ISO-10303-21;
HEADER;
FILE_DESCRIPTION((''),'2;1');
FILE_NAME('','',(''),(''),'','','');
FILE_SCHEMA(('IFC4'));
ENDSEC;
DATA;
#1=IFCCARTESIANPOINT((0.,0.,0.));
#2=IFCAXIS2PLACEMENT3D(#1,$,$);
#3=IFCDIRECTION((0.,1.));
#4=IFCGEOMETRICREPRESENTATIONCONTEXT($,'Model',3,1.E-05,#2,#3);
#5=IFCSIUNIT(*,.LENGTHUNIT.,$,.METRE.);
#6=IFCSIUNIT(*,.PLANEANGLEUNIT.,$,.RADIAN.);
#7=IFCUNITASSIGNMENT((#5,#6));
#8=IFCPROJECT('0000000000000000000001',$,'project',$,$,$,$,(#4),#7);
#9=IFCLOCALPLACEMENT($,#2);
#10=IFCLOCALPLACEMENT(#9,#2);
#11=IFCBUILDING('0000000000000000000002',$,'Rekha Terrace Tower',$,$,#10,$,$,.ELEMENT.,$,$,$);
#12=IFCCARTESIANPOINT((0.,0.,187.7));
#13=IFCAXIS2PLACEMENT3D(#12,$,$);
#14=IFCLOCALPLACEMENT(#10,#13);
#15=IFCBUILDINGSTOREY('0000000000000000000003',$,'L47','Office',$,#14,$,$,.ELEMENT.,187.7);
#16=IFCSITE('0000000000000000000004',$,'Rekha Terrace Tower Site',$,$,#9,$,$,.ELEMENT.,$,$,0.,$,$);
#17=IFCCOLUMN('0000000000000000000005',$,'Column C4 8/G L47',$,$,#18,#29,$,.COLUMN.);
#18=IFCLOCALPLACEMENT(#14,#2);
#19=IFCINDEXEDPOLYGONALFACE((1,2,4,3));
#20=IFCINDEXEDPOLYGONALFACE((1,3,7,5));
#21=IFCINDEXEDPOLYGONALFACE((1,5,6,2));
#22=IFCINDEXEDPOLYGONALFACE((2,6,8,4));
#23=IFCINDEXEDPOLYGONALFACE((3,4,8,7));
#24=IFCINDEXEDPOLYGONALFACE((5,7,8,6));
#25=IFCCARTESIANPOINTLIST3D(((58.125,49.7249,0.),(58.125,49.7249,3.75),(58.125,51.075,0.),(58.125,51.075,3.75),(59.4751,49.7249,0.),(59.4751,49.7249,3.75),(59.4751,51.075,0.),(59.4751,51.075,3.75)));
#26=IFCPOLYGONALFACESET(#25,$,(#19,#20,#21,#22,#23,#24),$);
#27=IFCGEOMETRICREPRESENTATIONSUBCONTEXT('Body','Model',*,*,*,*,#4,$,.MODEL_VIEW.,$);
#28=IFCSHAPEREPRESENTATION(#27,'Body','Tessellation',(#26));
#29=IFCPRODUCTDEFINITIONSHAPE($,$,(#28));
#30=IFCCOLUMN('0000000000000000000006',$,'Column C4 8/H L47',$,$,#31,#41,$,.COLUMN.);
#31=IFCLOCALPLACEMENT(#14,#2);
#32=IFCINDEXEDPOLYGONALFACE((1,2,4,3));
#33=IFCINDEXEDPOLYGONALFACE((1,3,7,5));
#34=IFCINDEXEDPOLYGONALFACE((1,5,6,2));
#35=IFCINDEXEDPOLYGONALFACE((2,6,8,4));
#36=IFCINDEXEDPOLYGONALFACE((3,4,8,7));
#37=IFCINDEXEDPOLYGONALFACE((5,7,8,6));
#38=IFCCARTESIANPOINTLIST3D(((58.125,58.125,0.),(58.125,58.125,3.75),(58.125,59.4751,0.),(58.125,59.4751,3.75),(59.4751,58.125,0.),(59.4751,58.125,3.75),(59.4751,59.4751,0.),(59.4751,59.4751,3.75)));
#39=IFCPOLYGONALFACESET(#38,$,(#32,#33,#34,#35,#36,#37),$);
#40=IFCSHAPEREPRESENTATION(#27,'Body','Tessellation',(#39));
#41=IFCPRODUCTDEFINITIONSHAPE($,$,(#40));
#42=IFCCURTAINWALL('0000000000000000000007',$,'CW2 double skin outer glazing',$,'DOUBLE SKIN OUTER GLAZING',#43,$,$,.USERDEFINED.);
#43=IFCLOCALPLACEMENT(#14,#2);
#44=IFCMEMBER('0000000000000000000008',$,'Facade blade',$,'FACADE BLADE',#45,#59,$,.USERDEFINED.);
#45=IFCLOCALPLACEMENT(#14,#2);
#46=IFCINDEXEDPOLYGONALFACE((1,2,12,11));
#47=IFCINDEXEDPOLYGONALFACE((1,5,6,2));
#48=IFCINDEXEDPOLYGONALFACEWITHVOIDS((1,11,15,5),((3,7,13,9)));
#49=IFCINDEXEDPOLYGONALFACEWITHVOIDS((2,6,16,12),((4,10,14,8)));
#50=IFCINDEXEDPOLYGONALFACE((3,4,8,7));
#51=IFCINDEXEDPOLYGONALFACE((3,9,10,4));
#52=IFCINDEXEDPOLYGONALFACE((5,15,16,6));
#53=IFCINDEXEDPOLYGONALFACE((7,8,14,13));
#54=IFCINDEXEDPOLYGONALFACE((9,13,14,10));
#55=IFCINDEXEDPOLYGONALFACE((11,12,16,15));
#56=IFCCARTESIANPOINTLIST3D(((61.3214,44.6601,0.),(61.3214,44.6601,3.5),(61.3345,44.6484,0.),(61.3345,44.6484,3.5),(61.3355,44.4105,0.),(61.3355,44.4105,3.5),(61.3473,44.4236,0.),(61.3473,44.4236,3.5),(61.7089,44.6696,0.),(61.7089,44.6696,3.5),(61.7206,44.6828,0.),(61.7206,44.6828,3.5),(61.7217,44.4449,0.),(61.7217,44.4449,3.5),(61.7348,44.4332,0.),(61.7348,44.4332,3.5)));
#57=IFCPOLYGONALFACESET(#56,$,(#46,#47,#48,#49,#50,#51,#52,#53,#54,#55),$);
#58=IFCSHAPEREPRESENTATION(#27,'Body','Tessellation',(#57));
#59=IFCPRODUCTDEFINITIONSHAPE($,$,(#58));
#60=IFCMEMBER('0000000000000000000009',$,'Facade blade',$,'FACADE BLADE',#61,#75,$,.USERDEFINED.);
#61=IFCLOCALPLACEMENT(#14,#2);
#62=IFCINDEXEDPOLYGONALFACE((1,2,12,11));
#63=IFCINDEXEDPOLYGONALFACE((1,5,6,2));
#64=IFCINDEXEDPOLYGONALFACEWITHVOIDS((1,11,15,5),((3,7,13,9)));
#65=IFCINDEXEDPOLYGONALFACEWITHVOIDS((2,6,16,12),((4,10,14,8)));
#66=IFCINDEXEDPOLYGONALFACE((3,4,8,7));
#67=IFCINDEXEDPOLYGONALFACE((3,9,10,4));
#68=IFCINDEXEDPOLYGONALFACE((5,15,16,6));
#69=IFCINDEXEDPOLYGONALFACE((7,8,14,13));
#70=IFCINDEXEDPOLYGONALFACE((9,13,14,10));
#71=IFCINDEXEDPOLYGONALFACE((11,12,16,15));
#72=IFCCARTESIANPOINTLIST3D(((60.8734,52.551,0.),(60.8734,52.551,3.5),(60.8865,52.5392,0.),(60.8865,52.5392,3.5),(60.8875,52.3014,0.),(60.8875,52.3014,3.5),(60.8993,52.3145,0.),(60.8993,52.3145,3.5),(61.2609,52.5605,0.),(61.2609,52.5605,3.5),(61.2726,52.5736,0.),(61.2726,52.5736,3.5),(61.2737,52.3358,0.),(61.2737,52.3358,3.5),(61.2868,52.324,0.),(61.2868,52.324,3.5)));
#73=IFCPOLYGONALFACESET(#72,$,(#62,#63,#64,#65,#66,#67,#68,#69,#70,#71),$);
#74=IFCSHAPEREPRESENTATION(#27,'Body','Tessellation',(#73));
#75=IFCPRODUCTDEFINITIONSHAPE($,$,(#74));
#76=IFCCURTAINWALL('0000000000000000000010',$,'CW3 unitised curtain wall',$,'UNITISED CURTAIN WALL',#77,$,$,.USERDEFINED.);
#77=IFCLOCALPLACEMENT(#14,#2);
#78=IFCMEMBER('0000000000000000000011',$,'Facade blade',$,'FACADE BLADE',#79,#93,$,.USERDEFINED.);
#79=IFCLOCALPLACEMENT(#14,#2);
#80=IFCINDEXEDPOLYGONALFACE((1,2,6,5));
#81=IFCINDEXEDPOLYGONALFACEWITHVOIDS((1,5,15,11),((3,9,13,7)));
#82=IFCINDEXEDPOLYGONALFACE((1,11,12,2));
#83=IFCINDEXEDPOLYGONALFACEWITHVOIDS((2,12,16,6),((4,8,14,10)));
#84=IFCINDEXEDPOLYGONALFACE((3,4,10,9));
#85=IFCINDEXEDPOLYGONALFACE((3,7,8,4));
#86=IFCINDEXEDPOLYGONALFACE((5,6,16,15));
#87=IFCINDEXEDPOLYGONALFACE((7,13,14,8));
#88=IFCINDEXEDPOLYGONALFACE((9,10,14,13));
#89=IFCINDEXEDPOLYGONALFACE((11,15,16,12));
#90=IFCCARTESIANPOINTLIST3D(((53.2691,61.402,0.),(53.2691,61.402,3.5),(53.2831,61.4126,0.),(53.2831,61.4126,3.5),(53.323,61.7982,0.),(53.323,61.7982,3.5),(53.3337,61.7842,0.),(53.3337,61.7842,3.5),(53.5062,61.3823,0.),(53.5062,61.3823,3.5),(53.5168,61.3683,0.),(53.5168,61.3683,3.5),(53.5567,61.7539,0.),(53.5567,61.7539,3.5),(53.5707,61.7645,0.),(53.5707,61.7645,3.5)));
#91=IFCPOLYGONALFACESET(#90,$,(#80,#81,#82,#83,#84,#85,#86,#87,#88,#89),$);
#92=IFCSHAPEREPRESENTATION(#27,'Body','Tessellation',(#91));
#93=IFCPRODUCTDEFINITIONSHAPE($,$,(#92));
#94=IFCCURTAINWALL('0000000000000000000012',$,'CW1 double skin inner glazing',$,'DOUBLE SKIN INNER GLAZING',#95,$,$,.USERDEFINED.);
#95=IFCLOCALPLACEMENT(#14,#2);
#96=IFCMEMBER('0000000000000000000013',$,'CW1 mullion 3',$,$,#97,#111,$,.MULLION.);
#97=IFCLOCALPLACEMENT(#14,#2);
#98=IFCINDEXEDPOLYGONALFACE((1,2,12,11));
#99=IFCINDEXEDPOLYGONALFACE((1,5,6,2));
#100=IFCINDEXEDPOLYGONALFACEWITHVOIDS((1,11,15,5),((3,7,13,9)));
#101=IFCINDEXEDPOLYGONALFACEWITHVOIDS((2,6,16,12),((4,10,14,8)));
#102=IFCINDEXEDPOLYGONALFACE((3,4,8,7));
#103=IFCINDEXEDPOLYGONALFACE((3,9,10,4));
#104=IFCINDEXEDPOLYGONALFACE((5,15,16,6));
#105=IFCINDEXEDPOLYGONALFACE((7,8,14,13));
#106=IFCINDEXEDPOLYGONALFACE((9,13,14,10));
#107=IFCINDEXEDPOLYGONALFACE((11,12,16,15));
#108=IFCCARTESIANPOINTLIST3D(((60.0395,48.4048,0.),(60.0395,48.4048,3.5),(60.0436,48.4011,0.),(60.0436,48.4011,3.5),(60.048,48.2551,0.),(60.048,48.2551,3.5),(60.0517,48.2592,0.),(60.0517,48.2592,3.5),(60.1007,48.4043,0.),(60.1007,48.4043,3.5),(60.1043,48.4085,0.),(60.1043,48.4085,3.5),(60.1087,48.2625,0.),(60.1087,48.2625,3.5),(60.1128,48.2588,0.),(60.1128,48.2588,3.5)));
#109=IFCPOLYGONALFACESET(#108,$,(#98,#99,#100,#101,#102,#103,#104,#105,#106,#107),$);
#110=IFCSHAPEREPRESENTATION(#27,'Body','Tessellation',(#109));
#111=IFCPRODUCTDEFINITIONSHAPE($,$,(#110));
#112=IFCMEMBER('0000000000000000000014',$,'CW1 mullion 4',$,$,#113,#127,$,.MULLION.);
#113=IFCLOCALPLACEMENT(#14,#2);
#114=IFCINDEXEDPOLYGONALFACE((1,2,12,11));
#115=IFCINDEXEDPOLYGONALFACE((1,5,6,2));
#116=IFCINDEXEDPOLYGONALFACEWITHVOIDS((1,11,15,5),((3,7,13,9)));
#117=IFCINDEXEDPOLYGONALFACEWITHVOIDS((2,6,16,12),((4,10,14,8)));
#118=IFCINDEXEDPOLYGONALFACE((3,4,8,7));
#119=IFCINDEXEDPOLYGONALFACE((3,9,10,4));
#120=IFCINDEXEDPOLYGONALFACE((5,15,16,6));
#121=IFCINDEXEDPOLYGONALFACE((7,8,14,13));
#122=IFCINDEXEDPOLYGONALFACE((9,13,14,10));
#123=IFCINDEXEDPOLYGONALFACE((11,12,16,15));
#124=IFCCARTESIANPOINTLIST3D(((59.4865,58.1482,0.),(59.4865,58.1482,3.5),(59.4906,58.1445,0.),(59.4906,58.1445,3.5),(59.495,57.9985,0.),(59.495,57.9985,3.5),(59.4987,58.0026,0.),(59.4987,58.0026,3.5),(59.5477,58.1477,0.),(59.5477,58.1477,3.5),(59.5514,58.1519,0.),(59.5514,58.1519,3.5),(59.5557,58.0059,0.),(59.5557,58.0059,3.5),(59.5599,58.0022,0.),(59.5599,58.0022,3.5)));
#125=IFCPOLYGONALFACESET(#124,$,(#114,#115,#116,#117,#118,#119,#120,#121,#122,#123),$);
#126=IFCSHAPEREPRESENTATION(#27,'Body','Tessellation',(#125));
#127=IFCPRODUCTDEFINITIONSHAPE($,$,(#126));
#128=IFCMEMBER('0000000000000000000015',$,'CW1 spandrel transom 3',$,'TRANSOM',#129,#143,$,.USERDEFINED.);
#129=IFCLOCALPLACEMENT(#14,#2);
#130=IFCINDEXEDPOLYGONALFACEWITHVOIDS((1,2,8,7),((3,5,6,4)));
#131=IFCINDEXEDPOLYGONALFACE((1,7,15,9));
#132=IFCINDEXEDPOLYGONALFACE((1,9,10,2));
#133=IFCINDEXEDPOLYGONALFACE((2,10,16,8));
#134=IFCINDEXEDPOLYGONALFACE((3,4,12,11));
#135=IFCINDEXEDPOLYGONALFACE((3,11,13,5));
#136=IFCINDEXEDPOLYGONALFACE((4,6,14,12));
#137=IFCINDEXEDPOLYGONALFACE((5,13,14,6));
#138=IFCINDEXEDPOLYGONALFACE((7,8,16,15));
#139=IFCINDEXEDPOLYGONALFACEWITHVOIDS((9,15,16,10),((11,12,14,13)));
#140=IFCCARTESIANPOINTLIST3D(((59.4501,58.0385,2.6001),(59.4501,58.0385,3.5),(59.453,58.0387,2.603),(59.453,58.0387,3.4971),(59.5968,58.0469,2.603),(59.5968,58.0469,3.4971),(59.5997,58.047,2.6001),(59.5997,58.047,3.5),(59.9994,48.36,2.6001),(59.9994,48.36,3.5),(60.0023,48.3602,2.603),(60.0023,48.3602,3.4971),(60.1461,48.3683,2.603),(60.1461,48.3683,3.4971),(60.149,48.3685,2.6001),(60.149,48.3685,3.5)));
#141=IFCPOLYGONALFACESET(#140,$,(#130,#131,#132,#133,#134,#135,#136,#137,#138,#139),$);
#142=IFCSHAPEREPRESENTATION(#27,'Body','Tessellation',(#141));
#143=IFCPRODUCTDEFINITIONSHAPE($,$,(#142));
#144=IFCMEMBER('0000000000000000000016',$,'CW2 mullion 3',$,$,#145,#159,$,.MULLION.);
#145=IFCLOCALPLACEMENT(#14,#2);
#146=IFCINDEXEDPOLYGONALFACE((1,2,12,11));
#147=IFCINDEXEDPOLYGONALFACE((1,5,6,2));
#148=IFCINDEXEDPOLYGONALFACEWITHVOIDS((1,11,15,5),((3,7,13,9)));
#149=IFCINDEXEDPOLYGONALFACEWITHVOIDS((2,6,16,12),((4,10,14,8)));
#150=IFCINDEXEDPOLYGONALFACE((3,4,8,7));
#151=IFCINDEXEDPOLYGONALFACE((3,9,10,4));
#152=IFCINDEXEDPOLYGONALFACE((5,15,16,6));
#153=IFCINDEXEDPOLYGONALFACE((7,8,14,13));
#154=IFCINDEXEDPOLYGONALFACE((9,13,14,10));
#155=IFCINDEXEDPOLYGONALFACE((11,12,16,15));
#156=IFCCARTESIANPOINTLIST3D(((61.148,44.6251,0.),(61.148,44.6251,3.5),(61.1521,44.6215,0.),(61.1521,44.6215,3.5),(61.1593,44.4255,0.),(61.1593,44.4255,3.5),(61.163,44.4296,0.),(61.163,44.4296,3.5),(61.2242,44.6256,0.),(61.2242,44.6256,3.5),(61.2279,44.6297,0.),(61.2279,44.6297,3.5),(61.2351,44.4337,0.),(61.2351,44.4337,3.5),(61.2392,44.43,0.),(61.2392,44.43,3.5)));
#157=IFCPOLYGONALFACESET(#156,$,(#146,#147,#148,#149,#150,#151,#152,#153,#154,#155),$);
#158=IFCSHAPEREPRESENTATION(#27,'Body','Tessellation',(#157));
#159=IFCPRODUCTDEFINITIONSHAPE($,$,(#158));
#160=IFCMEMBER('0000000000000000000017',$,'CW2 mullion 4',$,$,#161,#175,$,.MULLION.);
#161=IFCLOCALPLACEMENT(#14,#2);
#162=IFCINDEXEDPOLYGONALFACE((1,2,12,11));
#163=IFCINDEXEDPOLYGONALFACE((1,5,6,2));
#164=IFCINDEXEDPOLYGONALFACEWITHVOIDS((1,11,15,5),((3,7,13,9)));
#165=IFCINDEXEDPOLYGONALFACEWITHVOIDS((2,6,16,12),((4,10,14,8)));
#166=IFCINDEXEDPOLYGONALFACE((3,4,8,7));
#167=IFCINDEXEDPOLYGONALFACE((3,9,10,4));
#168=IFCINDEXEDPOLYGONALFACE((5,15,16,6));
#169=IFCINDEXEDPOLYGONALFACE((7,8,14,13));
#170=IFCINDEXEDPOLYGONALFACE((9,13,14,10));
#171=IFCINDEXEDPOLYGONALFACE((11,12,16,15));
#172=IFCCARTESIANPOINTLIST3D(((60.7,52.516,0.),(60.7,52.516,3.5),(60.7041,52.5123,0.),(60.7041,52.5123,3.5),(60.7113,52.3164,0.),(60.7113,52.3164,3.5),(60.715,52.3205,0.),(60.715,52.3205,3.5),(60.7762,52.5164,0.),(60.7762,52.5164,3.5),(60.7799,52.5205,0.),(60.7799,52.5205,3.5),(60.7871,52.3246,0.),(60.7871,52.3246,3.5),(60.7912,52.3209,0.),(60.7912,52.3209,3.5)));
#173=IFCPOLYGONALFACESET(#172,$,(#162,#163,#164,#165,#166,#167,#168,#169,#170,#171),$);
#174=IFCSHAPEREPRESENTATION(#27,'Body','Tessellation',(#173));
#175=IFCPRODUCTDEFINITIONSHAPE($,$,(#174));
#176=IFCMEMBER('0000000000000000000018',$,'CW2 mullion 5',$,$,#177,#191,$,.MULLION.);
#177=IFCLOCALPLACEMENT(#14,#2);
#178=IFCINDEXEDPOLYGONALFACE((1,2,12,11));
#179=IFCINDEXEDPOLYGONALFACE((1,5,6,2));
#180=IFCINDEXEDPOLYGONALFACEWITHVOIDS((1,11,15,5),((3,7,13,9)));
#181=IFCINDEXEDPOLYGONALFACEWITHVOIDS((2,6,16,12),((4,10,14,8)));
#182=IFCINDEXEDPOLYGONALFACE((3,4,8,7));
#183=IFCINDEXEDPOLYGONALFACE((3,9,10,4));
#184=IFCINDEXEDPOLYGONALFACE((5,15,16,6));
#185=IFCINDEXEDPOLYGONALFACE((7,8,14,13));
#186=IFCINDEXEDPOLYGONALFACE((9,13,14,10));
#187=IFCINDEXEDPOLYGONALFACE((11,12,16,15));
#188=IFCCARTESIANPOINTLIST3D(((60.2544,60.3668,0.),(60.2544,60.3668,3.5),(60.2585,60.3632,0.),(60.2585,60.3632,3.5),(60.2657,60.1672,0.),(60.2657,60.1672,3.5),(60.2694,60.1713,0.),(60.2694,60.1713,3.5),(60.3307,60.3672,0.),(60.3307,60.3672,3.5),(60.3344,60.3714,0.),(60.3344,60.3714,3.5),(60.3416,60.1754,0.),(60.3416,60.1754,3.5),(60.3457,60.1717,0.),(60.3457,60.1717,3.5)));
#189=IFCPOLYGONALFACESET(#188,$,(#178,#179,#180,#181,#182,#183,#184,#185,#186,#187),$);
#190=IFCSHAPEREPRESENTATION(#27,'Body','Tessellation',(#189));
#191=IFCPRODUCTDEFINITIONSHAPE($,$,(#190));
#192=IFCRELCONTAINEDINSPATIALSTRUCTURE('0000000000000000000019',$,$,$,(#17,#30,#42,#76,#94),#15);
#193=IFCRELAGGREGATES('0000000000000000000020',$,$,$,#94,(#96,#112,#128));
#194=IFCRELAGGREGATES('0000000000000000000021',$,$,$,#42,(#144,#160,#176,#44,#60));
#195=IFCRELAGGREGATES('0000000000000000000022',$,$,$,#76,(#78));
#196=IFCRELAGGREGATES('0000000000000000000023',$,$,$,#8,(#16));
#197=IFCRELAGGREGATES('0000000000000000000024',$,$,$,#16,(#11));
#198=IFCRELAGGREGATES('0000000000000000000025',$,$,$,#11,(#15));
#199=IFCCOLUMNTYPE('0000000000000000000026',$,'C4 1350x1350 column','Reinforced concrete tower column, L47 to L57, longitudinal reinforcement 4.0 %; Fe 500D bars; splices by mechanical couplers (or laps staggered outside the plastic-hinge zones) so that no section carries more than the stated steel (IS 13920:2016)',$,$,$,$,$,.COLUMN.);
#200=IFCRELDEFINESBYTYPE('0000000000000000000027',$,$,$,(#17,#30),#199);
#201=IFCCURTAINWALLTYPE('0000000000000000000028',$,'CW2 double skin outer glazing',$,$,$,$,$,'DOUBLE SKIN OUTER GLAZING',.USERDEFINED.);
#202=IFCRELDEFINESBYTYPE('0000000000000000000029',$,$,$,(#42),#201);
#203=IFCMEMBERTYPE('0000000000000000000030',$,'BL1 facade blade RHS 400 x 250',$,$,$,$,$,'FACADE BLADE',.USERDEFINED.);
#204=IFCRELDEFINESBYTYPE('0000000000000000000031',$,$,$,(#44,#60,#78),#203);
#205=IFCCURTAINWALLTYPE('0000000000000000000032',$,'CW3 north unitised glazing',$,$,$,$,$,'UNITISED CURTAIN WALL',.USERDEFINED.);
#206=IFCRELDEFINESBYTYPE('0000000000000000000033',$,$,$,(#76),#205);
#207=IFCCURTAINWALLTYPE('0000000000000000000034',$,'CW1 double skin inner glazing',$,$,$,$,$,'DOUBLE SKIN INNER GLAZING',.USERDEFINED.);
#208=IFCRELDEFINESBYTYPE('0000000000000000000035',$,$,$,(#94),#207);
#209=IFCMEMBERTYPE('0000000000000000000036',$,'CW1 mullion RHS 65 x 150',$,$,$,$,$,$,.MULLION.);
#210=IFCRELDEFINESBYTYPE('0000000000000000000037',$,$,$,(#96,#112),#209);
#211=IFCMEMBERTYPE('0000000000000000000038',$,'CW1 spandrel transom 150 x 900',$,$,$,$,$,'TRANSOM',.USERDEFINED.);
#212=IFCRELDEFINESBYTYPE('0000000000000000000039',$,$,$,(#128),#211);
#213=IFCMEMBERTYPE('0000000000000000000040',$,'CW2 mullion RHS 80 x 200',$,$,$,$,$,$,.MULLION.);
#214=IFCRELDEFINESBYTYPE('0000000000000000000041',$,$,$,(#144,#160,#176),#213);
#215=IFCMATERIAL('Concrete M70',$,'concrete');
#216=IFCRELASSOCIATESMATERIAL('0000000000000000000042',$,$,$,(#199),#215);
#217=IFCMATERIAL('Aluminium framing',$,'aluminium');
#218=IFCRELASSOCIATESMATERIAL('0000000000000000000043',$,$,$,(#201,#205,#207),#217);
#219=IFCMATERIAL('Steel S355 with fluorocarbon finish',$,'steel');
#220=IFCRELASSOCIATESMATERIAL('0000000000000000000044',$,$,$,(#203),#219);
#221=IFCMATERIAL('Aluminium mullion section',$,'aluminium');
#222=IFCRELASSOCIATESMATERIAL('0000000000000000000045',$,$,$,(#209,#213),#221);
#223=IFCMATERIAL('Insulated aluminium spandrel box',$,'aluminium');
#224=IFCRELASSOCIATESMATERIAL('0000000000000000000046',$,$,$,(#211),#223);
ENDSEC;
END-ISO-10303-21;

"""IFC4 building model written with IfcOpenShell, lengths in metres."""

from ifc_helpers import new_model, si_unit, direction, frame, origin, origin_2d, place, context, subcontext, project, spatial, rectangle, hollow_rectangle, extrude, material, material_profile, profile_set, type_object, element, aggregate, save


model = new_model("IFC4")

# Units and contexts
model_context = context("Model", 3, precision=1e-05, world=origin(), true_north=direction((0.0, 1.0)))
body_context = subcontext(model_context, "Body", "Model", "MODEL_VIEW")
ifc_project = project(units=[si_unit("LENGTHUNIT", "METRE"), si_unit("PLANEANGLEUNIT", "RADIAN")], contexts=[model_context])

# Site, building, storey
site_placement = place(None, origin())
site = spatial("IfcSite", under=ifc_project, at=site_placement, Name="Rekha Terrace Tower Site", CompositionType="ELEMENT", RefElevation=0.0)
building_placement = place(site_placement, origin())
building = spatial("IfcBuilding", under=site, at=building_placement, Name="Rekha Terrace Tower", CompositionType="ELEMENT")
storey_placement = place(building_placement, frame((0.0, 0.0, 187.7)))
storey = spatial("IfcBuildingStorey", under=building, at=storey_placement, Name="L47", Description="Office", CompositionType="ELEMENT", Elevation=187.7)

# Columns
ifc_material_1 = material(Name="Concrete M70", Category="concrete")
ifc_material_profile_1 = material_profile(ifc_material_1, rectangle(XDim=1.3501, YDim=1.3501, at=origin_2d()), Name="RC 1350x1350")
ifc_profile_set_1 = profile_set([ifc_material_profile_1], Name="Concrete M70")
column_type = type_object("IfcColumnType", Name="C4 1350x1350 column", Description="Reinforced concrete tower column, L47 to L57, longitudinal reinforcement 4.0 %; Fe 500D bars; splices by mechanical couplers (or laps staggered outside the plastic-hinge zones) so that no section carries more than the stated steel (IS 13920:2016)", PredefinedType="COLUMN", material=ifc_profile_set_1)
for number, where, z_axis, x_axis, name in (
    (1, (58.8, 50.3999, 0.0), (0.0, 0.0, 1.0), (1.0, 0.0, 0.0), "Column C4 8/G L47"),
    (2, (58.8, 58.8, 0.0), (0.0, 0.0, 1.0), (1.0, 0.0, 0.0), "Column C4 8/H L47"),
):
    element("IfcColumn", number, at=place(storey_placement, frame(where, z_axis=z_axis, x_axis=x_axis)), inside=storey, type_object=column_type, Name=name, PredefinedType="COLUMN", context=body_context, shape_type="SweptSolid", body=[
        extrude(rectangle(XDim=1.3501, YDim=1.3501, at=origin_2d()), origin(), (0.0, 0.0, 1.0), 3.75),
    ])

# Curtain wall, members
ifc_material_2 = material(Name="Aluminium framing", Category="aluminium")
curtain_wall_type_1 = type_object("IfcCurtainWallType", Name="CW2 double skin outer glazing", ElementType="DOUBLE SKIN OUTER GLAZING", PredefinedType="USERDEFINED", material=ifc_material_2)
curtain_wall_1_placement = place(storey_placement, origin())
curtain_wall_1 = element("IfcCurtainWall", 3, at=curtain_wall_1_placement, inside=storey, type_object=curtain_wall_type_1, Name="CW2 double skin outer glazing", ObjectType="DOUBLE SKIN OUTER GLAZING", PredefinedType="USERDEFINED")
ifc_material_3 = material(Name="Steel S355 with fluorocarbon finish", Category="steel")
ifc_material_profile_2 = material_profile(ifc_material_3, hollow_rectangle(XDim=0.25, YDim=0.3999, WallThickness=0.0125, at=origin_2d()), Name="RHS400x250x12.5")
ifc_profile_set_2 = profile_set([ifc_material_profile_2], Name="Steel S355 with fluorocarbon finish")
member_type_1 = type_object("IfcMemberType", Name="BL1 facade blade RHS 400 x 250", ElementType="FACADE BLADE", PredefinedType="USERDEFINED", material=ifc_profile_set_2)
member_1_placement = place(storey_placement, frame((61.5281, 44.5466, 0.0), z_axis=(0.0, 0.0, 1.0), x_axis=(-0.056674, 0.998393, 0.0)))
member_1 = element("IfcMember", 4, at=member_1_placement, type_object=member_type_1, Name="Facade blade", ObjectType="FACADE BLADE", PredefinedType="USERDEFINED", context=body_context, shape_type="SweptSolid", body=[
    extrude(hollow_rectangle(XDim=0.25, YDim=0.3999, WallThickness=0.0125, at=origin_2d()), origin(), (0.0, 0.0, 1.0), 3.5),
])
member_2_placement = place(storey_placement, frame((61.0801, 52.4375, 0.0), z_axis=(0.0, 0.0, 1.0), x_axis=(-0.056674, 0.998393, 0.0)))
member_2 = element("IfcMember", 5, at=member_2_placement, type_object=member_type_1, Name="Facade blade", ObjectType="FACADE BLADE", PredefinedType="USERDEFINED", context=body_context, shape_type="SweptSolid", body=[
    extrude(hollow_rectangle(XDim=0.25, YDim=0.3999, WallThickness=0.0125, at=origin_2d()), origin(), (0.0, 0.0, 1.0), 3.5),
])

# Curtain wall, member
curtain_wall_type_2 = type_object("IfcCurtainWallType", Name="CW3 north unitised glazing", ElementType="UNITISED CURTAIN WALL", PredefinedType="USERDEFINED", material=ifc_material_2)
curtain_wall_2_placement = place(storey_placement, origin())
curtain_wall_2 = element("IfcCurtainWall", 6, at=curtain_wall_2_placement, inside=storey, type_object=curtain_wall_type_2, Name="CW3 unitised curtain wall", ObjectType="UNITISED CURTAIN WALL", PredefinedType="USERDEFINED")
member_3_placement = place(storey_placement, frame((53.4199, 61.5833, 0.0), z_axis=(0.0, 0.0, 1.0), x_axis=(-0.990867, 0.134841, 0.0)))
member_3 = element("IfcMember", 7, at=member_3_placement, type_object=member_type_1, Name="Facade blade", ObjectType="FACADE BLADE", PredefinedType="USERDEFINED", context=body_context, shape_type="SweptSolid", body=[
    extrude(hollow_rectangle(XDim=0.25, YDim=0.3999, WallThickness=0.0125, at=origin_2d()), origin(), (0.0, 0.0, 1.0), 3.5),
])

# Curtain wall, members
curtain_wall_type_3 = type_object("IfcCurtainWallType", Name="CW1 double skin inner glazing", ElementType="DOUBLE SKIN INNER GLAZING", PredefinedType="USERDEFINED", material=ifc_material_2)
curtain_wall_3_placement = place(storey_placement, origin())
curtain_wall_3 = element("IfcCurtainWall", 8, at=curtain_wall_3_placement, inside=storey, type_object=curtain_wall_type_3, Name="CW1 double skin inner glazing", ObjectType="DOUBLE SKIN INNER GLAZING", PredefinedType="USERDEFINED")
ifc_material_4 = material(Name="Aluminium mullion section", Category="aluminium")
ifc_material_profile_3 = material_profile(ifc_material_4, hollow_rectangle(XDim=0.0649, YDim=0.1499, WallThickness=0.0039, at=origin_2d()), Name="AL RHS 65x150")
ifc_profile_set_3 = profile_set([ifc_material_profile_3], Name="Aluminium mullion section")
member_type_2 = type_object("IfcMemberType", Name="CW1 mullion RHS 65 x 150", PredefinedType="MULLION", material=ifc_profile_set_3)
member_4_placement = place(storey_placement, frame((60.0762, 48.3318, 0.0), z_axis=(0.0, 0.0, 1.0), x_axis=(-0.998393, -0.056673, 0.0)))
member_4 = element("IfcMember", 9, at=member_4_placement, type_object=member_type_2, Name="CW1 mullion 3", PredefinedType="MULLION", context=body_context, shape_type="SweptSolid", body=[
    extrude(hollow_rectangle(XDim=0.0649, YDim=0.1499, WallThickness=0.0039, at=origin_2d()), origin(), (0.0, 0.0, 1.0), 3.5),
])
member_5_placement = place(storey_placement, frame((59.5232, 58.0752, 0.0), z_axis=(0.0, 0.0, 1.0), x_axis=(-0.998393, -0.056673, 0.0)))
member_5 = element("IfcMember", 10, at=member_5_placement, type_object=member_type_2, Name="CW1 mullion 4", PredefinedType="MULLION", context=body_context, shape_type="SweptSolid", body=[
    extrude(hollow_rectangle(XDim=0.0649, YDim=0.1499, WallThickness=0.0039, at=origin_2d()), origin(), (0.0, 0.0, 1.0), 3.5),
])
ifc_material_5 = material(Name="Insulated aluminium spandrel box", Category="aluminium")
ifc_material_profile_4 = material_profile(ifc_material_5, hollow_rectangle(XDim=0.1499, YDim=0.8999, WallThickness=0.0029, at=origin_2d()), Name="AL SPANDREL BOX 150x900")
ifc_profile_set_4 = profile_set([ifc_material_profile_4], Name="Insulated aluminium spandrel box")
member_type_3 = type_object("IfcMemberType", Name="CW1 spandrel transom 150 x 900", ElementType="TRANSOM", PredefinedType="USERDEFINED", material=ifc_profile_set_4)
member_6_placement = place(storey_placement, frame((60.0742, 48.3643, 3.05), z_axis=(-0.056665, 0.998393, 0.0), x_axis=(-0.998393, -0.056665, 0.0)))
member_6 = element("IfcMember", 11, at=member_6_placement, type_object=member_type_3, Name="CW1 spandrel transom 3", ObjectType="TRANSOM", PredefinedType="USERDEFINED", context=body_context, shape_type="SweptSolid", body=[
    extrude(hollow_rectangle(XDim=0.1499, YDim=0.8999, WallThickness=0.0029, at=origin_2d()), origin(), (0.0, 0.0, 1.0), 9.6941),
])

# Members
ifc_material_profile_5 = material_profile(ifc_material_4, hollow_rectangle(XDim=0.0801, YDim=0.2, WallThickness=0.0039, at=origin_2d()), Name="AL RHS 80x200")
ifc_profile_set_5 = profile_set([ifc_material_profile_5], Name="Aluminium mullion section")
member_type_4 = type_object("IfcMemberType", Name="CW2 mullion RHS 80 x 200", PredefinedType="MULLION", material=ifc_profile_set_5)
member_7_placement = place(storey_placement, frame((61.1936, 44.5276, 0.0), z_axis=(0.0, 0.0, 1.0), x_axis=(-0.998393, -0.056673, 0.0)))
member_7 = element("IfcMember", 12, at=member_7_placement, type_object=member_type_4, Name="CW2 mullion 3", PredefinedType="MULLION", context=body_context, shape_type="SweptSolid", body=[
    extrude(hollow_rectangle(XDim=0.0801, YDim=0.2, WallThickness=0.0039, at=origin_2d()), origin(), (0.0, 0.0, 1.0), 3.5),
])
member_8_placement = place(storey_placement, frame((60.7456, 52.4185, 0.0), z_axis=(0.0, 0.0, 1.0), x_axis=(-0.998393, -0.056673, 0.0)))
member_8 = element("IfcMember", 13, at=member_8_placement, type_object=member_type_4, Name="CW2 mullion 4", PredefinedType="MULLION", context=body_context, shape_type="SweptSolid", body=[
    extrude(hollow_rectangle(XDim=0.0801, YDim=0.2, WallThickness=0.0039, at=origin_2d()), origin(), (0.0, 0.0, 1.0), 3.5),
])
member_9_placement = place(storey_placement, frame((60.3, 60.2693, 0.0), z_axis=(0.0, 0.0, 1.0), x_axis=(-0.998393, -0.056673, 0.0)))
member_9 = element("IfcMember", 14, at=member_9_placement, type_object=member_type_4, Name="CW2 mullion 5", PredefinedType="MULLION", context=body_context, shape_type="SweptSolid", body=[
    extrude(hollow_rectangle(XDim=0.0801, YDim=0.2, WallThickness=0.0039, at=origin_2d()), origin(), (0.0, 0.0, 1.0), 3.5),
])

aggregate(curtain_wall_3, [member_4, member_5, member_6])
aggregate(curtain_wall_1, [member_7, member_8, member_9, member_1, member_2])
aggregate(curtain_wall_2, [member_3])

save(model, "model.ifc")
